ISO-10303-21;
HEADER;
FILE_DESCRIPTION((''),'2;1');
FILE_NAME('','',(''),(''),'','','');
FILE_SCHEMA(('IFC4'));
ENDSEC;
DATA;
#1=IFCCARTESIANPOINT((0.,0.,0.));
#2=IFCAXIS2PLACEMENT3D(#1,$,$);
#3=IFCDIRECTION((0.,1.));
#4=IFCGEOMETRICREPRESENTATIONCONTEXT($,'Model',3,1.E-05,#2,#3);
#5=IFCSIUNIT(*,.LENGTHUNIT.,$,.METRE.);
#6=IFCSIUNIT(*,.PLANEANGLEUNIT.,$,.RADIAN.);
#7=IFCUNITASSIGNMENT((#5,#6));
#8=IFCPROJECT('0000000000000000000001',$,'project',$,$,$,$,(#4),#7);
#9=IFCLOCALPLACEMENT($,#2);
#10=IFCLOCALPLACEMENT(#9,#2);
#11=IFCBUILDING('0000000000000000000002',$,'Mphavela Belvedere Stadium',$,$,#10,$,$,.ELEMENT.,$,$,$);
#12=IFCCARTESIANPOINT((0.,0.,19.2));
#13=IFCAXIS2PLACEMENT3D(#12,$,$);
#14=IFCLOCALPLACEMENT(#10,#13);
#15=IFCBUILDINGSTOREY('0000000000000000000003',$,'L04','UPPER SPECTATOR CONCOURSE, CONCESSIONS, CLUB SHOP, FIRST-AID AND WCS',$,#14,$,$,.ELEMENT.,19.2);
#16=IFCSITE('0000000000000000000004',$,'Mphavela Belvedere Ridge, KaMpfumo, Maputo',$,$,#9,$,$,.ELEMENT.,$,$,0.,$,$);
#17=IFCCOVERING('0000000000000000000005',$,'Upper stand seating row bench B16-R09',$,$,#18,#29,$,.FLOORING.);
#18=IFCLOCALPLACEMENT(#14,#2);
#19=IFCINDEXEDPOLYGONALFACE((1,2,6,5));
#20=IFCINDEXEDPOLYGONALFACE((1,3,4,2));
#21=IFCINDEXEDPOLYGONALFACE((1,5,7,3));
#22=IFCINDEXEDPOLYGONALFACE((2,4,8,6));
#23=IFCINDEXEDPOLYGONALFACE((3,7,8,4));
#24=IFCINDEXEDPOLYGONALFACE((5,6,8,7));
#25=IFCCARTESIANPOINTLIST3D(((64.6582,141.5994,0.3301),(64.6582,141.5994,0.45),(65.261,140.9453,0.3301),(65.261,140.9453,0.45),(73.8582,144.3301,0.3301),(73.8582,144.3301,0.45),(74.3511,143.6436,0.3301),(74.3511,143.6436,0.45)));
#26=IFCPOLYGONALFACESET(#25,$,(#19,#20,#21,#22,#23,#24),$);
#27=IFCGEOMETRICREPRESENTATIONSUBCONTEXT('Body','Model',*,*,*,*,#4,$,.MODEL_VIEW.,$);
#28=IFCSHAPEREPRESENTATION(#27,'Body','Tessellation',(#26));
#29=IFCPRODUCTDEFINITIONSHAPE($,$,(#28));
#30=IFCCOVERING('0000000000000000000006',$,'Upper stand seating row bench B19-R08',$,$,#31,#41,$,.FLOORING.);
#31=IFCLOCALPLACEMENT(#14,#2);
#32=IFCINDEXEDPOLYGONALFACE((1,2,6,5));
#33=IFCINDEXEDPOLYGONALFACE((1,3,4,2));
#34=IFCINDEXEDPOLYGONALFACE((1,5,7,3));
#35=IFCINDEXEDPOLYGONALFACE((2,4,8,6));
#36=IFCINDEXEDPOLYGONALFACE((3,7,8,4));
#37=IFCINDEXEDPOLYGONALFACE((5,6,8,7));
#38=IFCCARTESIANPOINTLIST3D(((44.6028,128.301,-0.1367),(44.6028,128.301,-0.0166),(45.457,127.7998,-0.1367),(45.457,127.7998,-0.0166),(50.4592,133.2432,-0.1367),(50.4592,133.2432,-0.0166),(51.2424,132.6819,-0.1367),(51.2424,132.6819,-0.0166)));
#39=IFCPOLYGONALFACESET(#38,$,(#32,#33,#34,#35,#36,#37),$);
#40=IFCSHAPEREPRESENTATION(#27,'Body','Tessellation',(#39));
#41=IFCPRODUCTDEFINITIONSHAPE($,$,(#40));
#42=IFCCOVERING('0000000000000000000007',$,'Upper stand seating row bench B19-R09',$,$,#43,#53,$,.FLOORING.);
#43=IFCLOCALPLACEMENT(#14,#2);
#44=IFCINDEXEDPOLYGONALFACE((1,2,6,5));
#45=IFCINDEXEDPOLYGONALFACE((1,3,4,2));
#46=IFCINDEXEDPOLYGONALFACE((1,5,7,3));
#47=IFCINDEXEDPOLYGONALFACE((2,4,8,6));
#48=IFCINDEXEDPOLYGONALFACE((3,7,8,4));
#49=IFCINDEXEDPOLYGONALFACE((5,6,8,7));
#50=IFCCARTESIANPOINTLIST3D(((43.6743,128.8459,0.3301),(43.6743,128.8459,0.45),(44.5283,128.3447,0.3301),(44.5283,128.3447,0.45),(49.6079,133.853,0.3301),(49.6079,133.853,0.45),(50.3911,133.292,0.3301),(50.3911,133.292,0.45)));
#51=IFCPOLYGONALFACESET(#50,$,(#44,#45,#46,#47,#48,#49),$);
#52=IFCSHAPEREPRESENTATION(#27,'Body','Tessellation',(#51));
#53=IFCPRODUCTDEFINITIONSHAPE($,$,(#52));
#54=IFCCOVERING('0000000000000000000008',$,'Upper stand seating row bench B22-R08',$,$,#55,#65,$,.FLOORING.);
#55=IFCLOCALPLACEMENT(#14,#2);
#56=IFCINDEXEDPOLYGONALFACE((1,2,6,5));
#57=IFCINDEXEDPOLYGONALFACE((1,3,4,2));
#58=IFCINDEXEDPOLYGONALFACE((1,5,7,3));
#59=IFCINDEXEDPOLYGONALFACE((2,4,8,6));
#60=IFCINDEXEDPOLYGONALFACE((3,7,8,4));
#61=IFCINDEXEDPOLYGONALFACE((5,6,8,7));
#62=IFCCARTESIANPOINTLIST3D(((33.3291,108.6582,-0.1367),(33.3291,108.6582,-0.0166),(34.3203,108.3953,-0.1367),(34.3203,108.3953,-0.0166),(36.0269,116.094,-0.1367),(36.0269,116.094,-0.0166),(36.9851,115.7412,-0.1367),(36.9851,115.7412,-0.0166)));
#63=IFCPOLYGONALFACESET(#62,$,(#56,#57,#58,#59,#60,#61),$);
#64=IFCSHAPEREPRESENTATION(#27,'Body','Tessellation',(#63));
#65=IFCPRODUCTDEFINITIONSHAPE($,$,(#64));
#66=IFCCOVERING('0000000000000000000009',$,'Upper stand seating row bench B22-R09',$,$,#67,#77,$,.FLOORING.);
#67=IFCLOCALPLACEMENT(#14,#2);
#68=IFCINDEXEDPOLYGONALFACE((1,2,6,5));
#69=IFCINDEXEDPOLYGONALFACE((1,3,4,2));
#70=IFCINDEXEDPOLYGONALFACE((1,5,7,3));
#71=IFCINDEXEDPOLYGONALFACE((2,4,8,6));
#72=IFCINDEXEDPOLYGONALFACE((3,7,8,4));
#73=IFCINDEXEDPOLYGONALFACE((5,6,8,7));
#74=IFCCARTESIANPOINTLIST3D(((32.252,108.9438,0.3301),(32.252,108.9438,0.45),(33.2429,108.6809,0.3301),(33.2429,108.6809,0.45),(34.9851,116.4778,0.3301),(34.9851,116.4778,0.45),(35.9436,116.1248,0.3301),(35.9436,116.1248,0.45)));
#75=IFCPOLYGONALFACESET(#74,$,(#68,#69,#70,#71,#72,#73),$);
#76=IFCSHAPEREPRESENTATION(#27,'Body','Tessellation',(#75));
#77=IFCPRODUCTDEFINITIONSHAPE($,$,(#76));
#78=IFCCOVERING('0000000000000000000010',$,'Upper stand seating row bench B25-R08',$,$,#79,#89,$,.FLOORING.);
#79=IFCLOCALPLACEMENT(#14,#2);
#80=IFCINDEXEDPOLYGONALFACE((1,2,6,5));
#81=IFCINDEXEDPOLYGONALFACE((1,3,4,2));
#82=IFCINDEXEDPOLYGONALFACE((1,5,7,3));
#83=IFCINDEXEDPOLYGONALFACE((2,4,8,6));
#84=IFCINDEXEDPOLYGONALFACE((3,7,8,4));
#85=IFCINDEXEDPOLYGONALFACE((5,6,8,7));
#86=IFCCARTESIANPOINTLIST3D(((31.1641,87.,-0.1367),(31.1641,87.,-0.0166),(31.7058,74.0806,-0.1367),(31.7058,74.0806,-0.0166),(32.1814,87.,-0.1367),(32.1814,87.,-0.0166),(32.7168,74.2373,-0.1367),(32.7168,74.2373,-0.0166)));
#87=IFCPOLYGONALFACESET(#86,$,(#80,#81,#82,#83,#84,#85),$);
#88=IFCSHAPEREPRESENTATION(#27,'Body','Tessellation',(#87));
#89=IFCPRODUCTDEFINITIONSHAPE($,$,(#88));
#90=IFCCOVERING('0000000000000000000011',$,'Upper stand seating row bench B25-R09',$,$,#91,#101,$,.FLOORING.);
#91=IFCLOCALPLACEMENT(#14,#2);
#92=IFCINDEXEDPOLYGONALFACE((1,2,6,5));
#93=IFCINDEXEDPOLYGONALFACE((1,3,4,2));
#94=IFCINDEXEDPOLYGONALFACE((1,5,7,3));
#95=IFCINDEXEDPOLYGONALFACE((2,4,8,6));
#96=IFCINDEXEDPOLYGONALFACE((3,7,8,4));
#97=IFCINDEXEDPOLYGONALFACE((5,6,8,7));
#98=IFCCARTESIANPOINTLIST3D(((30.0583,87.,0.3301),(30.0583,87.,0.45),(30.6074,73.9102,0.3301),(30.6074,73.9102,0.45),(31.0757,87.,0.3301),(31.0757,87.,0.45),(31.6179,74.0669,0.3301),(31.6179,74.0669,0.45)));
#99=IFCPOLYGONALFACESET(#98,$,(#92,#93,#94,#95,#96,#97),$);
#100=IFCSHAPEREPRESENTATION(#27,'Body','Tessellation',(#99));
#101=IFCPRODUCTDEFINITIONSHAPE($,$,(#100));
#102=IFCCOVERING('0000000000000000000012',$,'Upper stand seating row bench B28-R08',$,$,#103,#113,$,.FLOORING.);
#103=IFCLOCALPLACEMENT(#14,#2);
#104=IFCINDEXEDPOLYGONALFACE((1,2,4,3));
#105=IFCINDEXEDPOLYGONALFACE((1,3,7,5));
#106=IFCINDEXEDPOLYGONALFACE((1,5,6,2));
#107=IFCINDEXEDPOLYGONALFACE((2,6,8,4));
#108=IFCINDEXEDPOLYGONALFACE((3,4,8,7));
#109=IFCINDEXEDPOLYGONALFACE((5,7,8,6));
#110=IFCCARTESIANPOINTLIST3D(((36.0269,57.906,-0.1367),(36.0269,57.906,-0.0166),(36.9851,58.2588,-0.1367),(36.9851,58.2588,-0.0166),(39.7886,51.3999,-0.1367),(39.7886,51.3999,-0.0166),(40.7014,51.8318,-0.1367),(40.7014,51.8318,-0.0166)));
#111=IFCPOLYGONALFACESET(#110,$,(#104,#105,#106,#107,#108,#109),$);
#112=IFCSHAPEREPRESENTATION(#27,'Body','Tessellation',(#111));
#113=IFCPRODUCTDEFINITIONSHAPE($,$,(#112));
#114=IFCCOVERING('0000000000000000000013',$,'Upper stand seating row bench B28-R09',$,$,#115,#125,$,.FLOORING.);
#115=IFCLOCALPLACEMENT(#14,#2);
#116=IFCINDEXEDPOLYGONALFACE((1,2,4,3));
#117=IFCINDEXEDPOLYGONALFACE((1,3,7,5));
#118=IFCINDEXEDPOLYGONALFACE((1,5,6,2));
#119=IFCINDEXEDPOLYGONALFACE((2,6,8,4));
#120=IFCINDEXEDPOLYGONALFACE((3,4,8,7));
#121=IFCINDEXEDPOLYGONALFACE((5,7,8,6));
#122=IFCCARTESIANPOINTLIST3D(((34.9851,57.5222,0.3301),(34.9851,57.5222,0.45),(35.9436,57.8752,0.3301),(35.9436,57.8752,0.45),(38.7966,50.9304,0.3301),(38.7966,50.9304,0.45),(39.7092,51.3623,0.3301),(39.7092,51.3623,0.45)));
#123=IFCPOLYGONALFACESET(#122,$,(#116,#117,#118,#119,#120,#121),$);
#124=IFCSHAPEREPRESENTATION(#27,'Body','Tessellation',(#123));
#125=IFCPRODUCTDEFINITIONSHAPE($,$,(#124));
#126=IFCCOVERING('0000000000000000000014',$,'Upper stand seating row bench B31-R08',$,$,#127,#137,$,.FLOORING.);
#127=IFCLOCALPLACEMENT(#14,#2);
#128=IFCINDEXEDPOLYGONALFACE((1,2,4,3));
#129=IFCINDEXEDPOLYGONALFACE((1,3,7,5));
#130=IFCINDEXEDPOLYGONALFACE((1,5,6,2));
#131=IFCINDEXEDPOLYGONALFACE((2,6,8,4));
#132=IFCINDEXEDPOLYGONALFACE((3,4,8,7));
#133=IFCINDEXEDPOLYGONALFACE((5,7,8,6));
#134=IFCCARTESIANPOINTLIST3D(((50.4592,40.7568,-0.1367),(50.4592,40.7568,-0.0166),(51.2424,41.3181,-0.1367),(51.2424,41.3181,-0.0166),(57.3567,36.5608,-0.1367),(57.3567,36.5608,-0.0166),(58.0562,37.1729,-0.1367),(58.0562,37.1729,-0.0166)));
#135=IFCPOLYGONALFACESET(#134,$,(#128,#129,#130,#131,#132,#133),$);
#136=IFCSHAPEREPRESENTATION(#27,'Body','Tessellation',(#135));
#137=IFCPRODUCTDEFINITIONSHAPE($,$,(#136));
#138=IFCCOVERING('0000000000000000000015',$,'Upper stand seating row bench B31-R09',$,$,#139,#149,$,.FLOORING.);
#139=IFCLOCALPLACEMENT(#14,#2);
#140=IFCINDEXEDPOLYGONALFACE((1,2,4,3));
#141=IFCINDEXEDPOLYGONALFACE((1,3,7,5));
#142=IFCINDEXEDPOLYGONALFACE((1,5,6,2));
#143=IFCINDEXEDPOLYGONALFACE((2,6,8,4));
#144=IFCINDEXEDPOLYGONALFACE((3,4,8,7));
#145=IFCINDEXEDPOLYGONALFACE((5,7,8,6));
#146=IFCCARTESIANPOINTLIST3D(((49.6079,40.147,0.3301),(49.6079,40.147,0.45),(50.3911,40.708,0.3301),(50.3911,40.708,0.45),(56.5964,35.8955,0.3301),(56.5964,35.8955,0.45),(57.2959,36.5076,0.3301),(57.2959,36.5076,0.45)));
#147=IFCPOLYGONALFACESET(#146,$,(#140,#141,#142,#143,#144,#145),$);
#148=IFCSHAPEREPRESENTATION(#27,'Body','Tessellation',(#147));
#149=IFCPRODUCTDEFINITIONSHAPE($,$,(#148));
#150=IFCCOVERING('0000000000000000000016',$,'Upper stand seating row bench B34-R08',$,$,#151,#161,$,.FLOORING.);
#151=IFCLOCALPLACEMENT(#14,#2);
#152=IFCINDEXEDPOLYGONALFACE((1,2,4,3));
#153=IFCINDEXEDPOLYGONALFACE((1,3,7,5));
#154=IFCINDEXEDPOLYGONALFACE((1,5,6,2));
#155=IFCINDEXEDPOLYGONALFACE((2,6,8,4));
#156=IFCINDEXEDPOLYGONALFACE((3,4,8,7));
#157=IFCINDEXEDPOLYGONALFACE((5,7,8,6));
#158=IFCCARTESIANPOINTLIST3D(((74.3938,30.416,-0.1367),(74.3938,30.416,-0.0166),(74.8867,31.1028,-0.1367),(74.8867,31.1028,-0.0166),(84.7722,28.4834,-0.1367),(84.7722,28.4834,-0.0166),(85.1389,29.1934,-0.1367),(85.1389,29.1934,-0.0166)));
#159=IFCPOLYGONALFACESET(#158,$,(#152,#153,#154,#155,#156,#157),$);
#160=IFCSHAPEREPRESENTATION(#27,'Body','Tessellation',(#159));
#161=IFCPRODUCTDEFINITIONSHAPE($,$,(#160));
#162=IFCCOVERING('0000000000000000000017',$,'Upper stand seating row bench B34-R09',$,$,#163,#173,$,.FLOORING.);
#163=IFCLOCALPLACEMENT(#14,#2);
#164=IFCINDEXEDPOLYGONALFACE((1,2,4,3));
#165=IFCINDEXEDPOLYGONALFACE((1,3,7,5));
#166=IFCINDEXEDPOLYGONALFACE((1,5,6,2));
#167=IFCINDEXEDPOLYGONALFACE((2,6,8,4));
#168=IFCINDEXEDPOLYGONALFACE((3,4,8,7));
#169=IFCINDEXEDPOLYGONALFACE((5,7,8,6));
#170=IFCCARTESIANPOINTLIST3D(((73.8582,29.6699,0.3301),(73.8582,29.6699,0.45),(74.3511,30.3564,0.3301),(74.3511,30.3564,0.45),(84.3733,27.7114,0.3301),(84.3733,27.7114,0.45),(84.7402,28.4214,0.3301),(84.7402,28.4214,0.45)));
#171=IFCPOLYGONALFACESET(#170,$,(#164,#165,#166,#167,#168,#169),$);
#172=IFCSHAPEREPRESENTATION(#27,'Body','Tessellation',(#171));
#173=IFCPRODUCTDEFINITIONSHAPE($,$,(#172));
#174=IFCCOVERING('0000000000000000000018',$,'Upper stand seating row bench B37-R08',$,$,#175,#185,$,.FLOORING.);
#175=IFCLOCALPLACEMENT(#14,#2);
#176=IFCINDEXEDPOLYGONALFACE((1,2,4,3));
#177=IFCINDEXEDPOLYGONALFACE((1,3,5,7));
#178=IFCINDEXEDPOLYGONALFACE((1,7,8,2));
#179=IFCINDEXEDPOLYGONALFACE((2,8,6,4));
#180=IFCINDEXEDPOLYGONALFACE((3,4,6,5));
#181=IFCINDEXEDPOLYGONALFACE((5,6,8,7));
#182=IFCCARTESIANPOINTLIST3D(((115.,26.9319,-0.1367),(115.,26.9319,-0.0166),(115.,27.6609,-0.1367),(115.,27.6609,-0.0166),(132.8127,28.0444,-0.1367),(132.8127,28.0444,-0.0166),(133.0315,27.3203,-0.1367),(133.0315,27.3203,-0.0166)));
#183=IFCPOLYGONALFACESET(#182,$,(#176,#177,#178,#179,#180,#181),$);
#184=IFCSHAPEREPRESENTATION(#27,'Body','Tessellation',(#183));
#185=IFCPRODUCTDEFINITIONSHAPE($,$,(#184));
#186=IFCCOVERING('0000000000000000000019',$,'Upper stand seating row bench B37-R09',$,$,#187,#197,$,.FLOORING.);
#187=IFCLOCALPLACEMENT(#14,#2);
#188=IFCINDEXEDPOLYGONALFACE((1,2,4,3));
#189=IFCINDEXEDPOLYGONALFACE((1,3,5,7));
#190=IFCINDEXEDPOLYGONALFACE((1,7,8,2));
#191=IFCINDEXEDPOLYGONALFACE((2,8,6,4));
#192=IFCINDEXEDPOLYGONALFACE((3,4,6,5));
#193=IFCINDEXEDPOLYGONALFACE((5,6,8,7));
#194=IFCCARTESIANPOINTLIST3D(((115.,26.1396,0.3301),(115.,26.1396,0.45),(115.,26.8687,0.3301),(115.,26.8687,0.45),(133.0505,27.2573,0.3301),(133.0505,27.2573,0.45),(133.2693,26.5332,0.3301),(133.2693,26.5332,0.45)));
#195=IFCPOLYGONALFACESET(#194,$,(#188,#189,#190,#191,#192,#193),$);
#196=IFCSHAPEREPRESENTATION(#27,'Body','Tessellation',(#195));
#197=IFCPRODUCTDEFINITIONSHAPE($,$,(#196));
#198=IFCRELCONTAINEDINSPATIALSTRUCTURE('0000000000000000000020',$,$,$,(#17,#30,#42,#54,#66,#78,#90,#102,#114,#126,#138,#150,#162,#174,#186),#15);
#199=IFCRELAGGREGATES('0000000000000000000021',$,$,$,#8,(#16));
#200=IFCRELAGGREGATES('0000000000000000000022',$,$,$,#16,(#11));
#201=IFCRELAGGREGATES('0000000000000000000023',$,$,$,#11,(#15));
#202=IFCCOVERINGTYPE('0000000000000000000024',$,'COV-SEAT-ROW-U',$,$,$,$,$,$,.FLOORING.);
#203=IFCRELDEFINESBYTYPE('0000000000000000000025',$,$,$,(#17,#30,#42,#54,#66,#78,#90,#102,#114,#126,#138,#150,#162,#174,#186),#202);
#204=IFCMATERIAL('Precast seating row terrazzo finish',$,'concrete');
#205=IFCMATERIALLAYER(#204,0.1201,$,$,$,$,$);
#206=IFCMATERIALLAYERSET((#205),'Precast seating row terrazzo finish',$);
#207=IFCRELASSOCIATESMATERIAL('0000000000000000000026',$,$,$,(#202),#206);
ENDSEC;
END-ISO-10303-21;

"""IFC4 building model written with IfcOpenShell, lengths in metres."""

from ifc_helpers import new_model, si_unit, direction, frame, origin, place, context, subcontext, project, spatial, polyline, outline, extrude, material, layer, layer_set, type_object, element, save


model = new_model("IFC4")

# Units and contexts
model_context = context("Model", 3, precision=1e-05, world=origin(), true_north=direction((0.0, 1.0)))
body_context = subcontext(model_context, "Body", "Model", "MODEL_VIEW")
ifc_project = project(units=[si_unit("LENGTHUNIT", "METRE"), si_unit("PLANEANGLEUNIT", "RADIAN")], contexts=[model_context])

# Site, building, storey
site_placement = place(None, origin())
site = spatial("IfcSite", under=ifc_project, at=site_placement, Name="Mphavela Belvedere Ridge, KaMpfumo, Maputo", CompositionType="ELEMENT", RefElevation=0.0)
building_placement = place(site_placement, origin())
building = spatial("IfcBuilding", under=site, at=building_placement, Name="Mphavela Belvedere Stadium", CompositionType="ELEMENT")
storey_placement = place(building_placement, frame((0.0, 0.0, 19.2)))
storey = spatial("IfcBuildingStorey", under=building, at=storey_placement, Name="L04", Description="UPPER SPECTATOR CONCOURSE, CONCESSIONS, CLUB SHOP, FIRST-AID AND WCS", CompositionType="ELEMENT", Elevation=19.2)

# Coverings
ifc_material_1 = material(Name="Precast seating row terrazzo finish", Category="concrete")
ifc_layer = layer(ifc_material_1, 0.1201)
ifc_layer_set = layer_set([ifc_layer], Name="Precast seating row terrazzo finish")
covering_type = type_object("IfcCoveringType", Name="COV-SEAT-ROW-U", PredefinedType="FLOORING", material=ifc_layer_set)
covering_1_placement = place(storey_placement, frame((0.0, 0.0, 0.3301)))
element("IfcCovering", 1, at=covering_1_placement, inside=storey, type_object=covering_type, Name="Upper stand seating row bench B16-R09", PredefinedType="FLOORING", context=body_context, shape_type="SweptSolid", body=[
    extrude(outline(polyline([(74.3511, 143.6436), (65.261, 140.9453), (64.6582, 141.5994), (73.8582, 144.3301), (74.3511, 143.6436)])), origin(), (0.0, 0.0, 1.0), 0.1199),
])
covering_2_placement = place(storey_placement, frame((0.0, 0.0, -0.1367)))
element("IfcCovering", 2, at=covering_2_placement, inside=storey, type_object=covering_type, Name="Upper stand seating row bench B19-R08", PredefinedType="FLOORING", context=body_context, shape_type="SweptSolid", body=[
    extrude(outline(polyline([(51.2424, 132.6819), (45.457, 127.7998), (44.6028, 128.301), (50.4592, 133.2432), (51.2424, 132.6819)])), origin(), (0.0, 0.0, 1.0), 0.1201),
])
covering_3_placement = place(storey_placement, frame((0.0, 0.0, 0.3301)))
element("IfcCovering", 3, at=covering_3_placement, inside=storey, type_object=covering_type, Name="Upper stand seating row bench B19-R09", PredefinedType="FLOORING", context=body_context, shape_type="SweptSolid", body=[
    extrude(outline(polyline([(50.3911, 133.292), (44.5283, 128.3447), (43.6743, 128.8459), (49.6079, 133.853), (50.3911, 133.292)])), origin(), (0.0, 0.0, 1.0), 0.1199),
])
covering_4_placement = place(storey_placement, frame((0.0, 0.0, -0.1367)))
element("IfcCovering", 4, at=covering_4_placement, inside=storey, type_object=covering_type, Name="Upper stand seating row bench B22-R08", PredefinedType="FLOORING", context=body_context, shape_type="SweptSolid", body=[
    extrude(outline(polyline([(36.9851, 115.7412), (34.3203, 108.3953), (33.3291, 108.6582), (36.0269, 116.094), (36.9851, 115.7412)])), origin(), (0.0, 0.0, 1.0), 0.1201),
])
covering_5_placement = place(storey_placement, frame((0.0, 0.0, 0.3301)))
element("IfcCovering", 5, at=covering_5_placement, inside=storey, type_object=covering_type, Name="Upper stand seating row bench B22-R09", PredefinedType="FLOORING", context=body_context, shape_type="SweptSolid", body=[
    extrude(outline(polyline([(35.9436, 116.1248), (33.2429, 108.6809), (32.252, 108.9438), (34.9851, 116.4778), (35.9436, 116.1248)])), origin(), (0.0, 0.0, 1.0), 0.1199),
])
covering_6_placement = place(storey_placement, frame((0.0, 0.0, -0.1367)))
element("IfcCovering", 6, at=covering_6_placement, inside=storey, type_object=covering_type, Name="Upper stand seating row bench B25-R08", PredefinedType="FLOORING", context=body_context, shape_type="SweptSolid", body=[
    extrude(outline(polyline([(32.1814, 87.0), (32.7168, 74.2373), (31.7058, 74.0806), (31.1641, 87.0), (32.1814, 87.0)])), origin(), (0.0, 0.0, 1.0), 0.1201),
])
covering_7_placement = place(storey_placement, frame((0.0, 0.0, 0.3301)))
element("IfcCovering", 7, at=covering_7_placement, inside=storey, type_object=covering_type, Name="Upper stand seating row bench B25-R09", PredefinedType="FLOORING", context=body_context, shape_type="SweptSolid", body=[
    extrude(outline(polyline([(31.0757, 87.0), (31.6179, 74.0669), (30.6074, 73.9102), (30.0583, 87.0), (31.0757, 87.0)])), origin(), (0.0, 0.0, 1.0), 0.1199),
])
covering_8_placement = place(storey_placement, frame((0.0, 0.0, -0.1367)))
element("IfcCovering", 8, at=covering_8_placement, inside=storey, type_object=covering_type, Name="Upper stand seating row bench B28-R08", PredefinedType="FLOORING", context=body_context, shape_type="SweptSolid", body=[
    extrude(outline(polyline([(36.9851, 58.2588), (40.7014, 51.8318), (39.7886, 51.3999), (36.0269, 57.906), (36.9851, 58.2588)])), origin(), (0.0, 0.0, 1.0), 0.1201),
])
covering_9_placement = place(storey_placement, frame((0.0, 0.0, 0.3301)))
element("IfcCovering", 9, at=covering_9_placement, inside=storey, type_object=covering_type, Name="Upper stand seating row bench B28-R09", PredefinedType="FLOORING", context=body_context, shape_type="SweptSolid", body=[
    extrude(outline(polyline([(35.9436, 57.8752), (39.7092, 51.3623), (38.7966, 50.9304), (34.9851, 57.5222), (35.9436, 57.8752)])), origin(), (0.0, 0.0, 1.0), 0.1199),
])
covering_10_placement = place(storey_placement, frame((0.0, 0.0, -0.1367)))
element("IfcCovering", 10, at=covering_10_placement, inside=storey, type_object=covering_type, Name="Upper stand seating row bench B31-R08", PredefinedType="FLOORING", context=body_context, shape_type="SweptSolid", body=[
    extrude(outline(polyline([(51.2424, 41.3181), (58.0562, 37.1729), (57.3567, 36.5608), (50.4592, 40.7568), (51.2424, 41.3181)])), origin(), (0.0, 0.0, 1.0), 0.1201),
])
covering_11_placement = place(storey_placement, frame((0.0, 0.0, 0.3301)))
element("IfcCovering", 11, at=covering_11_placement, inside=storey, type_object=covering_type, Name="Upper stand seating row bench B31-R09", PredefinedType="FLOORING", context=body_context, shape_type="SweptSolid", body=[
    extrude(outline(polyline([(50.3911, 40.708), (57.2959, 36.5076), (56.5964, 35.8955), (49.6079, 40.147), (50.3911, 40.708)])), origin(), (0.0, 0.0, 1.0), 0.1199),
])
covering_12_placement = place(storey_placement, frame((0.0, 0.0, -0.1367)))
element("IfcCovering", 12, at=covering_12_placement, inside=storey, type_object=covering_type, Name="Upper stand seating row bench B34-R08", PredefinedType="FLOORING", context=body_context, shape_type="SweptSolid", body=[
    extrude(outline(polyline([(74.8867, 31.1028), (85.1389, 29.1934), (84.7722, 28.4834), (74.3938, 30.416), (74.8867, 31.1028)])), origin(), (0.0, 0.0, 1.0), 0.1201),
])
covering_13_placement = place(storey_placement, frame((0.0, 0.0, 0.3301)))
element("IfcCovering", 13, at=covering_13_placement, inside=storey, type_object=covering_type, Name="Upper stand seating row bench B34-R09", PredefinedType="FLOORING", context=body_context, shape_type="SweptSolid", body=[
    extrude(outline(polyline([(74.3511, 30.3564), (84.7402, 28.4214), (84.3733, 27.7114), (73.8582, 29.6699), (74.3511, 30.3564)])), origin(), (0.0, 0.0, 1.0), 0.1199),
])
covering_14_placement = place(storey_placement, frame((0.0, 0.0, -0.1367)))
element("IfcCovering", 14, at=covering_14_placement, inside=storey, type_object=covering_type, Name="Upper stand seating row bench B37-R08", PredefinedType="FLOORING", context=body_context, shape_type="SweptSolid", body=[
    extrude(outline(polyline([(115.0, 27.6609), (132.8127, 28.0444), (133.0315, 27.3203), (115.0, 26.9319), (115.0, 27.6609)])), origin(), (0.0, 0.0, 1.0), 0.1201),
])
covering_15_placement = place(storey_placement, frame((0.0, 0.0, 0.3301)))
element("IfcCovering", 15, at=covering_15_placement, inside=storey, type_object=covering_type, Name="Upper stand seating row bench B37-R09", PredefinedType="FLOORING", context=body_context, shape_type="SweptSolid", body=[
    extrude(outline(polyline([(115.0, 26.8687), (133.0505, 27.2573), (133.2693, 26.5332), (115.0, 26.1396), (115.0, 26.8687)])), origin(), (0.0, 0.0, 1.0), 0.1199),
])

save(model, "model.ifc")
